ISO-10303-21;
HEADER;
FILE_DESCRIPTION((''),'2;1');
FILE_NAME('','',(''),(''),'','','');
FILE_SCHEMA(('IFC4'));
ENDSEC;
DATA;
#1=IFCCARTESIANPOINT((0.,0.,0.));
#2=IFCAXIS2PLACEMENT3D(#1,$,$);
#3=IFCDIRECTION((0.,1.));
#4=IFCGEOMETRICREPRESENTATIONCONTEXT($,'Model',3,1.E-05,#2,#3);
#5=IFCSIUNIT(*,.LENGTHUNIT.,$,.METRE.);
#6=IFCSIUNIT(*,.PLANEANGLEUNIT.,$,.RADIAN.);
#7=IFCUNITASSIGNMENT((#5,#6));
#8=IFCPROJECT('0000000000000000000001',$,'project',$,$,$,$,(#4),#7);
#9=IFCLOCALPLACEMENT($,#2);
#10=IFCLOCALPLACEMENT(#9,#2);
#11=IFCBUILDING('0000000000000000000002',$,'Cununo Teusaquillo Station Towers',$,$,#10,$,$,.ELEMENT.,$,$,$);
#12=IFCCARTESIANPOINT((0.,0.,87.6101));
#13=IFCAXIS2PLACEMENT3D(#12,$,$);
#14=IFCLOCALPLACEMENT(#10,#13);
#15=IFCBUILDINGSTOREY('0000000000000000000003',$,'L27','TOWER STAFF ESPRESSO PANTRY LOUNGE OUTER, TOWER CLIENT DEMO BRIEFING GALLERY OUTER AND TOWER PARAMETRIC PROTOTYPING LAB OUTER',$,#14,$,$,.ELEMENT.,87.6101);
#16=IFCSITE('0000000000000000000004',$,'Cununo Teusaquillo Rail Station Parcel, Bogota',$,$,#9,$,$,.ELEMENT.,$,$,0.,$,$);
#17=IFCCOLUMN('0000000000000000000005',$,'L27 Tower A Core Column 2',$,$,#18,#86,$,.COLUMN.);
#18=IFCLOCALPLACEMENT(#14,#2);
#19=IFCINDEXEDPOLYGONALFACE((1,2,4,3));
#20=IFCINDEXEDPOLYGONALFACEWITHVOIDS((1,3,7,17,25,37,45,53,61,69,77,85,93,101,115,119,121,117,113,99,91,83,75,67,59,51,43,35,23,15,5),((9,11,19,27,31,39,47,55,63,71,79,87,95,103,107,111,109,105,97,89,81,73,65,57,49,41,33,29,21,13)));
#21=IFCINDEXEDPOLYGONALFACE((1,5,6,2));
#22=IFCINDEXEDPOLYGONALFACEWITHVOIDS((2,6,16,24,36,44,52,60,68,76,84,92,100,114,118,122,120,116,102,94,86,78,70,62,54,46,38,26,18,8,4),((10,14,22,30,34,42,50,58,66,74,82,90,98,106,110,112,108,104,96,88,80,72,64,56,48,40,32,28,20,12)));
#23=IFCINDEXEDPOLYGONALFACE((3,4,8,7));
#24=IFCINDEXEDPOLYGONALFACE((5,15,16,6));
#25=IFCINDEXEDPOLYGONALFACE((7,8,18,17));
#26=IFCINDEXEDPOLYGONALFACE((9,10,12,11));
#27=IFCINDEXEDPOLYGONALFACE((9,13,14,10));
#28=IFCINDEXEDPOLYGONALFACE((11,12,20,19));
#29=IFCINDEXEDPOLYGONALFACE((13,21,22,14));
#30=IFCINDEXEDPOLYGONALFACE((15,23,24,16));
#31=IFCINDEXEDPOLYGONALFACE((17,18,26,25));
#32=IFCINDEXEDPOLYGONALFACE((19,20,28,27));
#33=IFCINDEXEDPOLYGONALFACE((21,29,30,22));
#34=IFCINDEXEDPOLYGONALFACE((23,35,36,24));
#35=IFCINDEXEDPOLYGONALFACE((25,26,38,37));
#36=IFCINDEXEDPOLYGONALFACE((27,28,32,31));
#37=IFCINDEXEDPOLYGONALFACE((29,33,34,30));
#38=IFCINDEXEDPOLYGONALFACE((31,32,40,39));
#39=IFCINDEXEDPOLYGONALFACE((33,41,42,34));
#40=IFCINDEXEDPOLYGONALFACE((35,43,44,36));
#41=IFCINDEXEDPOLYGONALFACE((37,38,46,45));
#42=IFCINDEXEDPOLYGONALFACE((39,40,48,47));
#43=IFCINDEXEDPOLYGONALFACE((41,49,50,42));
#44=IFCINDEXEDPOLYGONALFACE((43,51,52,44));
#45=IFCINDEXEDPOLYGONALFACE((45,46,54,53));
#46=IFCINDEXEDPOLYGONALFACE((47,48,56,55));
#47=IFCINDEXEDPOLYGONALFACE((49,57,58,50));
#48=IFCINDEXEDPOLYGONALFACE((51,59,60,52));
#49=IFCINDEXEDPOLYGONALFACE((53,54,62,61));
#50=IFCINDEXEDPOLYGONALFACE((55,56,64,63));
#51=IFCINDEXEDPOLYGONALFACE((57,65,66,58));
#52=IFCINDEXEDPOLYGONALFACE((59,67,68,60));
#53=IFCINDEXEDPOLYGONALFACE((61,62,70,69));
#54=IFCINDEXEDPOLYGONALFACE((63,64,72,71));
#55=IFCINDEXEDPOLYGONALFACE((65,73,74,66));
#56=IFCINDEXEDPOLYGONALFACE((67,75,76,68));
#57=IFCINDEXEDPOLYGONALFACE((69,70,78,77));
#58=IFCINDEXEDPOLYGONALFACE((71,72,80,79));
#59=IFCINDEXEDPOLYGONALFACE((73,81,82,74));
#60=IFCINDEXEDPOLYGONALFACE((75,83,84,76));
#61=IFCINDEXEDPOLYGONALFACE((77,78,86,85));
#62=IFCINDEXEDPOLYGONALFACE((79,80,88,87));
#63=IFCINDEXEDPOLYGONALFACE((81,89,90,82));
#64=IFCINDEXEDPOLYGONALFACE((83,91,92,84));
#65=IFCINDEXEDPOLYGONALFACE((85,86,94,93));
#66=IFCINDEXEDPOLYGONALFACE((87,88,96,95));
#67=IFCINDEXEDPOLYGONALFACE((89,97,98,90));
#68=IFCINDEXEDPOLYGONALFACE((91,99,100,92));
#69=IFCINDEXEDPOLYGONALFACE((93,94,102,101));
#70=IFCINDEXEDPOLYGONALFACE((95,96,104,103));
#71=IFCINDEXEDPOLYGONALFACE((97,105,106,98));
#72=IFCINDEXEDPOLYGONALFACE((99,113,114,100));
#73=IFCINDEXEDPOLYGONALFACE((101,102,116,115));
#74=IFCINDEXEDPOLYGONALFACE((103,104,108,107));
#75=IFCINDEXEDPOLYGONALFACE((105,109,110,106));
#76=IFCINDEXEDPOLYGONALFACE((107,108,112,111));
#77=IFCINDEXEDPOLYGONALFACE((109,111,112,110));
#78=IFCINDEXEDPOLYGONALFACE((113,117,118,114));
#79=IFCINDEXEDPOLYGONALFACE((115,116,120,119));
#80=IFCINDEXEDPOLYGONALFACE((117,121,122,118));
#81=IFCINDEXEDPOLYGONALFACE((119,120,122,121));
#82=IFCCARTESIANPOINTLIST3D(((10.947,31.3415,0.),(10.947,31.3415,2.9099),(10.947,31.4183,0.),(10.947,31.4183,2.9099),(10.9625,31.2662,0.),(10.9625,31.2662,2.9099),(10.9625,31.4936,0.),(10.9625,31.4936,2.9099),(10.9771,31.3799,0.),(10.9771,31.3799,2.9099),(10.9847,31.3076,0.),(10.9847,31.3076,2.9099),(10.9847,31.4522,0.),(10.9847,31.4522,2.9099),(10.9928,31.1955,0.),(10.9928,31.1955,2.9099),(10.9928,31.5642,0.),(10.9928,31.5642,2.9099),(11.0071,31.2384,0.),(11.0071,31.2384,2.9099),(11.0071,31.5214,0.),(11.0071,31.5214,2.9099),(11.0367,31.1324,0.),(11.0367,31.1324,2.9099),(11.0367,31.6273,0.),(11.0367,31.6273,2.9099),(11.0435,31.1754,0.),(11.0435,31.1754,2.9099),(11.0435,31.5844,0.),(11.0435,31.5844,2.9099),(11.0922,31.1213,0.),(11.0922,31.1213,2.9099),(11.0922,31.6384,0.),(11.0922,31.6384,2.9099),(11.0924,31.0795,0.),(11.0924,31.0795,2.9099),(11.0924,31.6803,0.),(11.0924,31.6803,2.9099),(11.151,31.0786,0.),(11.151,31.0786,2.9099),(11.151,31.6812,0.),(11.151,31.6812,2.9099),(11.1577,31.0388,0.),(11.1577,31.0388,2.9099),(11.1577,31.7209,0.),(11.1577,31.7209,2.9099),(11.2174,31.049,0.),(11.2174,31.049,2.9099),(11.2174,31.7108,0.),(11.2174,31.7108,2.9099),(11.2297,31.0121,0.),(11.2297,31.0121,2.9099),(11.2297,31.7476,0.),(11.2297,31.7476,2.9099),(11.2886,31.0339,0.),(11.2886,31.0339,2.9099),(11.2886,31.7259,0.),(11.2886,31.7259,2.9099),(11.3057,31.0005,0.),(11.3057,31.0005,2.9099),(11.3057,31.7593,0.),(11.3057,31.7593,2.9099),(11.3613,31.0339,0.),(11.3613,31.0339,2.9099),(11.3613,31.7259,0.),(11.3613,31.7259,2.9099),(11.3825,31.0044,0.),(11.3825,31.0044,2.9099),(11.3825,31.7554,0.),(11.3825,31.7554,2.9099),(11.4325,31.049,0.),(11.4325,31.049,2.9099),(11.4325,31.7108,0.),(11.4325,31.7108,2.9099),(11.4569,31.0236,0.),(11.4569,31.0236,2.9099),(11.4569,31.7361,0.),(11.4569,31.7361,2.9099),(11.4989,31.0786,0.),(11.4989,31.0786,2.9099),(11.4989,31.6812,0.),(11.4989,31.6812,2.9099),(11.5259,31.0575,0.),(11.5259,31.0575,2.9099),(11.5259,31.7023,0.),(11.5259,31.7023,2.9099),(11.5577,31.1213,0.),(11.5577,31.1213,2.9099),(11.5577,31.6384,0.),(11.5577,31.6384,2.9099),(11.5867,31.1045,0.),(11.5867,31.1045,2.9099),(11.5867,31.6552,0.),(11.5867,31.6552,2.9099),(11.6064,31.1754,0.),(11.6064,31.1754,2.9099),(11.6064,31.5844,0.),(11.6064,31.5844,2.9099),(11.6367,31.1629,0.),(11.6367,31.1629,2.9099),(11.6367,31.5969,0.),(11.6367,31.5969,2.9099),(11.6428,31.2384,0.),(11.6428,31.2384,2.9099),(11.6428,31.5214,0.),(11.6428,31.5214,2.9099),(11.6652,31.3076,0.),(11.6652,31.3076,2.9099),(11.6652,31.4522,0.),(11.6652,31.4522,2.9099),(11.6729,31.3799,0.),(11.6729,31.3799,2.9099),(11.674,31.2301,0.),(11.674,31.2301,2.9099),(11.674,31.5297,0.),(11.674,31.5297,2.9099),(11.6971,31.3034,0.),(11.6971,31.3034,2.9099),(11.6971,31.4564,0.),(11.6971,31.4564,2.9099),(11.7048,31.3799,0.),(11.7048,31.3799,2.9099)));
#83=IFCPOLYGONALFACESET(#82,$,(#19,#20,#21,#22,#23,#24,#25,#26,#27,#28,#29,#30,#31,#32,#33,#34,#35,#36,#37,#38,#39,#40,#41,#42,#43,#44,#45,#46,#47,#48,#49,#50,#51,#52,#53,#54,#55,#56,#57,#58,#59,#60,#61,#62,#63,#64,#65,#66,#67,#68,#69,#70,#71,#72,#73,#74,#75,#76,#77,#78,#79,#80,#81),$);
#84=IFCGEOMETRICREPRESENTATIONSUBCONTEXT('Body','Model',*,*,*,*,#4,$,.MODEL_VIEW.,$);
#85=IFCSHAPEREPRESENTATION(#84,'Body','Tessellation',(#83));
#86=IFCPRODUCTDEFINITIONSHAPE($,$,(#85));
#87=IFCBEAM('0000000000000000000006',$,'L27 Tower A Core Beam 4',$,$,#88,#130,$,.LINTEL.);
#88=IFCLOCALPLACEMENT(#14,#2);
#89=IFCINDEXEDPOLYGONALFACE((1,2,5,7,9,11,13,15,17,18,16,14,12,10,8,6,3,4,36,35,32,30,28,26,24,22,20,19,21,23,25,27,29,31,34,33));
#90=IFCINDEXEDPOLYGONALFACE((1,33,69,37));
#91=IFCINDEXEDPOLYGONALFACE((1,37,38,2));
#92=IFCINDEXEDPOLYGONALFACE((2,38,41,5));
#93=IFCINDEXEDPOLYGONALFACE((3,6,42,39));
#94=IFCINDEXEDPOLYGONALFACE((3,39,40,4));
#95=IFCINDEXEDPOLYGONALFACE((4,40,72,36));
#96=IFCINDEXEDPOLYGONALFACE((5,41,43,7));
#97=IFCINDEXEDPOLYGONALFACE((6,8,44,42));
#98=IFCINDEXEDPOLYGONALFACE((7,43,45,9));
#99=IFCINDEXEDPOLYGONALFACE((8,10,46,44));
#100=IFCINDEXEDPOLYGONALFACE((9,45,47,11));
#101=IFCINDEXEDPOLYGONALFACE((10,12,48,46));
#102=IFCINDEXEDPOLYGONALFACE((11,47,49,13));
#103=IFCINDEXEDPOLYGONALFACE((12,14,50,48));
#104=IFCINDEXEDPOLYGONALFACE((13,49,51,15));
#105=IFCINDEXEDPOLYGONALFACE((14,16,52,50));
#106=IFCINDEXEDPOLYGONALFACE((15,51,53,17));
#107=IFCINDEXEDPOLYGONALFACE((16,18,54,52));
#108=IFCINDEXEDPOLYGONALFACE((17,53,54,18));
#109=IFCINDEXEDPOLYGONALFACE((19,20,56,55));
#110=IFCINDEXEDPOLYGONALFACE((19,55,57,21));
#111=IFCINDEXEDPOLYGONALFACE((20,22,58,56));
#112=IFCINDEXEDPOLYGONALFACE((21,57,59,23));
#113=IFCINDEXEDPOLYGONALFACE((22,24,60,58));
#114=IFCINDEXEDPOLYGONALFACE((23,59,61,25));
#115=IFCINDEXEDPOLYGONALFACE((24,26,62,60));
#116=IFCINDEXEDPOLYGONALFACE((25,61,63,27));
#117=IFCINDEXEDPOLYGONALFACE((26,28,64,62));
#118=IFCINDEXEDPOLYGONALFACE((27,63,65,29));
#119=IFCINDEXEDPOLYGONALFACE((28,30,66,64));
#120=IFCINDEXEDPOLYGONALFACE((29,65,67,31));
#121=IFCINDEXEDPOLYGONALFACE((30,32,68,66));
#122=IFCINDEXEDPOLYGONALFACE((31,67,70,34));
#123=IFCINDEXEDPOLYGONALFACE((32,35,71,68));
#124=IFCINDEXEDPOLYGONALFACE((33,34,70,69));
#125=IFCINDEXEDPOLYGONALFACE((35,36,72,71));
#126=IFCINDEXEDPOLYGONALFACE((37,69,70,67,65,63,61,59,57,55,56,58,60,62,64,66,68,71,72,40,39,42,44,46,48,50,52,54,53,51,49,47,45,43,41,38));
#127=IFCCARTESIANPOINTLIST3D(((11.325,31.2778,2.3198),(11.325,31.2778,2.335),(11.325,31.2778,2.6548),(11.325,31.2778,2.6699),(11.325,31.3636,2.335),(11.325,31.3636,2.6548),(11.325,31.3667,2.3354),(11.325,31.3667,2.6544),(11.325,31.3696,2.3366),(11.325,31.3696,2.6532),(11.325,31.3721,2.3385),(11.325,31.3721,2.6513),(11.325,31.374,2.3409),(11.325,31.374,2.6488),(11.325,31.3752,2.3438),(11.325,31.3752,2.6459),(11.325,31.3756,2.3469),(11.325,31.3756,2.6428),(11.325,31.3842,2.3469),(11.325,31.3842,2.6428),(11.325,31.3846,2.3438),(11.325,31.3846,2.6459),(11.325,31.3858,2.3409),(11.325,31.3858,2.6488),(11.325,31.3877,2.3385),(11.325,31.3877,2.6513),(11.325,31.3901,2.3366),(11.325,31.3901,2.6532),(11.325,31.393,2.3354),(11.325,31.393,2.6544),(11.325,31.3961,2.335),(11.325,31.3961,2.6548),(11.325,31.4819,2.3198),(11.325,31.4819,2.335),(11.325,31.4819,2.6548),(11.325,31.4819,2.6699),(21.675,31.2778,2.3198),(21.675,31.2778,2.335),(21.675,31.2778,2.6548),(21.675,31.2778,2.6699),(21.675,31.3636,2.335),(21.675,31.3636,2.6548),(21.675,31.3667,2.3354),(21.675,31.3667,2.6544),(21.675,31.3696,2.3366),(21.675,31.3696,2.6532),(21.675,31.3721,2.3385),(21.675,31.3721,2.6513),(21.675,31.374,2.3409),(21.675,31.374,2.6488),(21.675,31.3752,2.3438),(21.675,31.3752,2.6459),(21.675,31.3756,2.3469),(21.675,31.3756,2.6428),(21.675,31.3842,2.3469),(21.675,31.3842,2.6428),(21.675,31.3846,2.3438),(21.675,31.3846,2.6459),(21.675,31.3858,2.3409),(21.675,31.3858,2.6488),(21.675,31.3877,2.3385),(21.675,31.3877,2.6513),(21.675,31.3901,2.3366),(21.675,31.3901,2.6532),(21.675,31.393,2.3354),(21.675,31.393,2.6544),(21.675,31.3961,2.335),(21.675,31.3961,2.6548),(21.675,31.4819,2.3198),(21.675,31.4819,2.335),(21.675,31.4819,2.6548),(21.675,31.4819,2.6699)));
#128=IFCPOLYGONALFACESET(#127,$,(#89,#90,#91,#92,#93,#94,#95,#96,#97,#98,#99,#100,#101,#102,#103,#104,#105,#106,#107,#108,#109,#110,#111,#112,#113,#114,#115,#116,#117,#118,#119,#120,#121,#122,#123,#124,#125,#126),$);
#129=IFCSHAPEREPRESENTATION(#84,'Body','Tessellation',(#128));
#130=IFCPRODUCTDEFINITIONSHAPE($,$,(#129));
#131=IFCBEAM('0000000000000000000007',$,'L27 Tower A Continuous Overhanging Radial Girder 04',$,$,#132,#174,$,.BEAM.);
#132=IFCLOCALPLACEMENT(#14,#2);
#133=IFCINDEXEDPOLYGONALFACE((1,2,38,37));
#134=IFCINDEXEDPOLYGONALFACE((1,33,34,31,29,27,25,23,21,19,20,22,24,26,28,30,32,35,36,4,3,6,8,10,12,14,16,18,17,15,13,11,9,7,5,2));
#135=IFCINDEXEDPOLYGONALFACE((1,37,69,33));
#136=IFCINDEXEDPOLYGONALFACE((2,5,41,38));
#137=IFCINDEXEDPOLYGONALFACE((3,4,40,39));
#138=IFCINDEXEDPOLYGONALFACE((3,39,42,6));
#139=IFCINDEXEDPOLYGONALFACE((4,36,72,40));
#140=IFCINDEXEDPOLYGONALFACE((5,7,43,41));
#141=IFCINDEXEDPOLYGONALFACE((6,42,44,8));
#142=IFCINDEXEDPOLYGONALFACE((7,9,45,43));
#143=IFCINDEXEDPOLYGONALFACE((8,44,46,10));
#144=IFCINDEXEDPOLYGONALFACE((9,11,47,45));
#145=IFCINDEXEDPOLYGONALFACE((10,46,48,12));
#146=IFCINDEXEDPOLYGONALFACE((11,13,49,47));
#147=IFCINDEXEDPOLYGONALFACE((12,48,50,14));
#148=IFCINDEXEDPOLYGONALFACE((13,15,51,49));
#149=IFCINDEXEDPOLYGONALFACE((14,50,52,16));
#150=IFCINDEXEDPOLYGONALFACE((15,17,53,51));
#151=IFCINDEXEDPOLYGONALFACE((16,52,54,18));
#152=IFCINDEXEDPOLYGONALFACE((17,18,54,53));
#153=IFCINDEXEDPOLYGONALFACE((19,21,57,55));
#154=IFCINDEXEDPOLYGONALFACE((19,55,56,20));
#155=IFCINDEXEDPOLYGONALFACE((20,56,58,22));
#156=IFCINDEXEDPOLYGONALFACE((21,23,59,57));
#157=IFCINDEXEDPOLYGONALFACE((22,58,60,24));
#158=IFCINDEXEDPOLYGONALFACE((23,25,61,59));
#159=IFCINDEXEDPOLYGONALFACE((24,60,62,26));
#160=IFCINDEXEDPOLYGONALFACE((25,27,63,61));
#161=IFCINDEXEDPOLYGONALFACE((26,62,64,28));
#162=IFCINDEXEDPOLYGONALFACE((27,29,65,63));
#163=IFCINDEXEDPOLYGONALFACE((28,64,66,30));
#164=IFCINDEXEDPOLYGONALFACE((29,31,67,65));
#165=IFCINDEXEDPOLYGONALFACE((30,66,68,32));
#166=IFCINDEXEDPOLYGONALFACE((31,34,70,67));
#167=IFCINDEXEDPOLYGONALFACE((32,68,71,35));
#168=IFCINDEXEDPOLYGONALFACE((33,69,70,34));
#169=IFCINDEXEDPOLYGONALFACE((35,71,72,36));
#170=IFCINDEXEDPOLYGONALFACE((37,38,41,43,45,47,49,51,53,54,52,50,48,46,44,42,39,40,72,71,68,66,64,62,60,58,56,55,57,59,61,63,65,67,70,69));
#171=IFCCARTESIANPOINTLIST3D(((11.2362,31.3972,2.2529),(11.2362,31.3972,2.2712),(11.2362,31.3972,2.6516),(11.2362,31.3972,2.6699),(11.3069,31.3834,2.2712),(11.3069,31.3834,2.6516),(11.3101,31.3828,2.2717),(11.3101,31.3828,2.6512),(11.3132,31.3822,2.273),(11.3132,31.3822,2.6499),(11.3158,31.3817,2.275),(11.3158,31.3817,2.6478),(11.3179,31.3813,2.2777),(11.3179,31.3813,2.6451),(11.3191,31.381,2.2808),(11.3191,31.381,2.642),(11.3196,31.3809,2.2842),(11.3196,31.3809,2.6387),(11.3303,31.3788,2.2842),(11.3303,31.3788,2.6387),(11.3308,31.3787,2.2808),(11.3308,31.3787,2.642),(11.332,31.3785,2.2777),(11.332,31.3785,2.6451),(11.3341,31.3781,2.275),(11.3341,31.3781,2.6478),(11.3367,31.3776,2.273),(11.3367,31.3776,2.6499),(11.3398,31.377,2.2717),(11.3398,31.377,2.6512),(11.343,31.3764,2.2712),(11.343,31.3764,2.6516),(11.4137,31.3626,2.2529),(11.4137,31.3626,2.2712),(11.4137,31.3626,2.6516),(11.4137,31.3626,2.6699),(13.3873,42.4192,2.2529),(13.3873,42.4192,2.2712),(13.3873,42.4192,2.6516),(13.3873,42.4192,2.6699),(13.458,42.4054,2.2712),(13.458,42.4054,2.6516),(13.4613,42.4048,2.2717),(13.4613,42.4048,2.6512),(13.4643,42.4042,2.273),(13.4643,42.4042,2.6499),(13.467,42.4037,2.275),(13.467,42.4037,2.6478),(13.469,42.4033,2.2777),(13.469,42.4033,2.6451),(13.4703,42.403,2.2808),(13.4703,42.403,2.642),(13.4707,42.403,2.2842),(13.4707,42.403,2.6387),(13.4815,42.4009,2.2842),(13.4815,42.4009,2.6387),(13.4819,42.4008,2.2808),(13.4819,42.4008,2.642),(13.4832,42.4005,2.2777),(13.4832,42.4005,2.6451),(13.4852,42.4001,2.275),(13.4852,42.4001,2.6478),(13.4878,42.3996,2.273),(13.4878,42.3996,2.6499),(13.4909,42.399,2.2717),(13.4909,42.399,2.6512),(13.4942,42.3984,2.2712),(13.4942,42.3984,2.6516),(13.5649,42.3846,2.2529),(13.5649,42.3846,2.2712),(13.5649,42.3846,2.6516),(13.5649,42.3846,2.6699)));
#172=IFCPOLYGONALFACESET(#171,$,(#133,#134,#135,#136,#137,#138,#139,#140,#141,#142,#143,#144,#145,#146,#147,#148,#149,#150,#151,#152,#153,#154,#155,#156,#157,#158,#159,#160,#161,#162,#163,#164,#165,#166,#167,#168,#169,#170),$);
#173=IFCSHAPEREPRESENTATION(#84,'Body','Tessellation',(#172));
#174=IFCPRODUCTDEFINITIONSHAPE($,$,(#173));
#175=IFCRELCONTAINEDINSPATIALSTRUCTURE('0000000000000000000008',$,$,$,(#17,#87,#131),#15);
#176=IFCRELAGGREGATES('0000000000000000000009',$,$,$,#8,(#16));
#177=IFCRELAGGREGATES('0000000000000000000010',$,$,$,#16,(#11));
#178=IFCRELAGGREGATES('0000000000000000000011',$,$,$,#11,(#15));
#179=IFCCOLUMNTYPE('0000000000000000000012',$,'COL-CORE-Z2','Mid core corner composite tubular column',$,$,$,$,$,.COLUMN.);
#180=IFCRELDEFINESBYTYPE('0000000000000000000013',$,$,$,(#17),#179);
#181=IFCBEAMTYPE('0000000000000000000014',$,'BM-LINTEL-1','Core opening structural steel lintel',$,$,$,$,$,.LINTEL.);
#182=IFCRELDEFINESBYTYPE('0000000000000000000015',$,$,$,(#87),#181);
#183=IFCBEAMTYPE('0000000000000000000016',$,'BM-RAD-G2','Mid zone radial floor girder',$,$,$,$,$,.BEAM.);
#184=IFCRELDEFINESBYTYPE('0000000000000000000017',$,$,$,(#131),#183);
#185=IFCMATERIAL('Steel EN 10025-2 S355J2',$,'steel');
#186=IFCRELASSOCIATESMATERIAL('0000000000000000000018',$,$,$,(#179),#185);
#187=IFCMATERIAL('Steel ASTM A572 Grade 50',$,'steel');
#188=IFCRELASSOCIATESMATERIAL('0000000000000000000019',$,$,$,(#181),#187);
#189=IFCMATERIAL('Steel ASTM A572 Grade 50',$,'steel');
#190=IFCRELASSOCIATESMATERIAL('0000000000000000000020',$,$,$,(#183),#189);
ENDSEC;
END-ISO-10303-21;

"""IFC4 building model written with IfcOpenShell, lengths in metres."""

from ifc_helpers import new_model, si_unit, direction, frame, origin, origin_2d, place, context, subcontext, project, spatial, hollow_circle, i_section, extrude, material, material_profile, profile_set, type_object, element, save


model = new_model("IFC4")

# Units and contexts
model_context = context("Model", 3, precision=1e-05, world=origin(), true_north=direction((0.0, 1.0)))
body_context = subcontext(model_context, "Body", "Model", "MODEL_VIEW")
ifc_project = project(units=[si_unit("LENGTHUNIT", "METRE"), si_unit("PLANEANGLEUNIT", "RADIAN")], contexts=[model_context])

# Site, building, storey
site_placement = place(None, origin())
site = spatial("IfcSite", under=ifc_project, at=site_placement, Name="Cununo Teusaquillo Rail Station Parcel, Bogota", CompositionType="ELEMENT", RefElevation=0.0)
building_placement = place(site_placement, origin())
building = spatial("IfcBuilding", under=site, at=building_placement, Name="Cununo Teusaquillo Station Towers", CompositionType="ELEMENT")
storey_placement = place(building_placement, frame((0.0, 0.0, 87.6101)))
storey = spatial("IfcBuildingStorey", under=building, at=storey_placement, Name="L27", Description="TOWER STAFF ESPRESSO PANTRY LOUNGE OUTER, TOWER CLIENT DEMO BRIEFING GALLERY OUTER AND TOWER PARAMETRIC PROTOTYPING LAB OUTER", CompositionType="ELEMENT", Elevation=87.6101)

# Column
ifc_material_1 = material(Name="Steel EN 10025-2 S355J2", Category="steel")
ifc_material_profile_1 = material_profile(ifc_material_1, hollow_circle(Radius=0.3799, WallThickness=0.032, at=origin_2d()), Name="CHS 760x32")
ifc_profile_set_1 = profile_set([ifc_material_profile_1], Name="Steel EN 10025-2 S355J2")
column_type = type_object("IfcColumnType", Name="COL-CORE-Z2", Description="Mid core corner composite tubular column", PredefinedType="COLUMN", material=ifc_profile_set_1)
column_placement = place(storey_placement, frame((11.325, 31.3799, 0.0), z_axis=(0.0, 0.0, 1.0), x_axis=(1.0, 0.0, 0.0)))
element("IfcColumn", 1, at=column_placement, inside=storey, type_object=column_type, Name="L27 Tower A Core Column 2", PredefinedType="COLUMN", context=body_context, shape_type="SweptSolid", body=[
    extrude(hollow_circle(Radius=0.3799, WallThickness=0.032, at=origin_2d()), origin(), (0.0, 0.0, 1.0), 2.9099),
])

# Beams
ifc_material_2 = material(Name="Steel ASTM A572 Grade 50", Category="steel")
ifc_material_profile_2 = material_profile(ifc_material_2, i_section(OverallWidth=0.2041, OverallDepth=0.3501, WebThickness=0.0085, FlangeThickness=0.0151, FilletRadius=0.012, at=origin_2d()), Name="W14X48")
ifc_profile_set_2 = profile_set([ifc_material_profile_2], Name="Steel ASTM A572 Grade 50")
beam_type_1 = type_object("IfcBeamType", Name="BM-LINTEL-1", Description="Core opening structural steel lintel", PredefinedType="LINTEL", material=ifc_profile_set_2)
beam_1_placement = place(storey_placement, frame((11.325, 31.3799, 2.4949), z_axis=(1.0, 0.0, 0.0), x_axis=(0.0, 1.0, 0.0)))
element("IfcBeam", 2, at=beam_1_placement, inside=storey, type_object=beam_type_1, Name="L27 Tower A Core Beam 4", PredefinedType="LINTEL", context=body_context, shape_type="SweptSolid", body=[
    extrude(i_section(OverallWidth=0.2041, OverallDepth=0.3501, WebThickness=0.0085, FlangeThickness=0.0151, FilletRadius=0.012, at=origin_2d()), origin(), (0.0, 0.0, 1.0), 10.3501),
])
ifc_material_3 = material(Name="Steel ASTM A572 Grade 50", Category="steel")
ifc_material_profile_3 = material_profile(ifc_material_3, i_section(OverallWidth=0.1809, OverallDepth=0.417, WebThickness=0.011, FlangeThickness=0.0183, FilletRadius=0.0129, at=origin_2d()), Name="W16X57")
ifc_profile_set_3 = profile_set([ifc_material_profile_3], Name="Steel ASTM A572 Grade 50")
beam_type_2 = type_object("IfcBeamType", Name="BM-RAD-G2", Description="Mid zone radial floor girder", PredefinedType="BEAM", material=ifc_profile_set_3)
beam_2_placement = place(storey_placement, frame((11.325, 31.3799, 2.4614), z_axis=(0.191553, 0.981482, 0.0), x_axis=(-0.981482, 0.191553, 0.0)))
element("IfcBeam", 3, at=beam_2_placement, inside=storey, type_object=beam_type_2, Name="L27 Tower A Continuous Overhanging Radial Girder 04", PredefinedType="BEAM", context=body_context, shape_type="SweptSolid", body=[
    extrude(i_section(OverallWidth=0.1809, OverallDepth=0.417, WebThickness=0.011, FlangeThickness=0.0183, FilletRadius=0.0129, at=origin_2d()), origin(), (0.0, 0.0, 1.0), 11.23),
])

save(model, "model.ifc")
